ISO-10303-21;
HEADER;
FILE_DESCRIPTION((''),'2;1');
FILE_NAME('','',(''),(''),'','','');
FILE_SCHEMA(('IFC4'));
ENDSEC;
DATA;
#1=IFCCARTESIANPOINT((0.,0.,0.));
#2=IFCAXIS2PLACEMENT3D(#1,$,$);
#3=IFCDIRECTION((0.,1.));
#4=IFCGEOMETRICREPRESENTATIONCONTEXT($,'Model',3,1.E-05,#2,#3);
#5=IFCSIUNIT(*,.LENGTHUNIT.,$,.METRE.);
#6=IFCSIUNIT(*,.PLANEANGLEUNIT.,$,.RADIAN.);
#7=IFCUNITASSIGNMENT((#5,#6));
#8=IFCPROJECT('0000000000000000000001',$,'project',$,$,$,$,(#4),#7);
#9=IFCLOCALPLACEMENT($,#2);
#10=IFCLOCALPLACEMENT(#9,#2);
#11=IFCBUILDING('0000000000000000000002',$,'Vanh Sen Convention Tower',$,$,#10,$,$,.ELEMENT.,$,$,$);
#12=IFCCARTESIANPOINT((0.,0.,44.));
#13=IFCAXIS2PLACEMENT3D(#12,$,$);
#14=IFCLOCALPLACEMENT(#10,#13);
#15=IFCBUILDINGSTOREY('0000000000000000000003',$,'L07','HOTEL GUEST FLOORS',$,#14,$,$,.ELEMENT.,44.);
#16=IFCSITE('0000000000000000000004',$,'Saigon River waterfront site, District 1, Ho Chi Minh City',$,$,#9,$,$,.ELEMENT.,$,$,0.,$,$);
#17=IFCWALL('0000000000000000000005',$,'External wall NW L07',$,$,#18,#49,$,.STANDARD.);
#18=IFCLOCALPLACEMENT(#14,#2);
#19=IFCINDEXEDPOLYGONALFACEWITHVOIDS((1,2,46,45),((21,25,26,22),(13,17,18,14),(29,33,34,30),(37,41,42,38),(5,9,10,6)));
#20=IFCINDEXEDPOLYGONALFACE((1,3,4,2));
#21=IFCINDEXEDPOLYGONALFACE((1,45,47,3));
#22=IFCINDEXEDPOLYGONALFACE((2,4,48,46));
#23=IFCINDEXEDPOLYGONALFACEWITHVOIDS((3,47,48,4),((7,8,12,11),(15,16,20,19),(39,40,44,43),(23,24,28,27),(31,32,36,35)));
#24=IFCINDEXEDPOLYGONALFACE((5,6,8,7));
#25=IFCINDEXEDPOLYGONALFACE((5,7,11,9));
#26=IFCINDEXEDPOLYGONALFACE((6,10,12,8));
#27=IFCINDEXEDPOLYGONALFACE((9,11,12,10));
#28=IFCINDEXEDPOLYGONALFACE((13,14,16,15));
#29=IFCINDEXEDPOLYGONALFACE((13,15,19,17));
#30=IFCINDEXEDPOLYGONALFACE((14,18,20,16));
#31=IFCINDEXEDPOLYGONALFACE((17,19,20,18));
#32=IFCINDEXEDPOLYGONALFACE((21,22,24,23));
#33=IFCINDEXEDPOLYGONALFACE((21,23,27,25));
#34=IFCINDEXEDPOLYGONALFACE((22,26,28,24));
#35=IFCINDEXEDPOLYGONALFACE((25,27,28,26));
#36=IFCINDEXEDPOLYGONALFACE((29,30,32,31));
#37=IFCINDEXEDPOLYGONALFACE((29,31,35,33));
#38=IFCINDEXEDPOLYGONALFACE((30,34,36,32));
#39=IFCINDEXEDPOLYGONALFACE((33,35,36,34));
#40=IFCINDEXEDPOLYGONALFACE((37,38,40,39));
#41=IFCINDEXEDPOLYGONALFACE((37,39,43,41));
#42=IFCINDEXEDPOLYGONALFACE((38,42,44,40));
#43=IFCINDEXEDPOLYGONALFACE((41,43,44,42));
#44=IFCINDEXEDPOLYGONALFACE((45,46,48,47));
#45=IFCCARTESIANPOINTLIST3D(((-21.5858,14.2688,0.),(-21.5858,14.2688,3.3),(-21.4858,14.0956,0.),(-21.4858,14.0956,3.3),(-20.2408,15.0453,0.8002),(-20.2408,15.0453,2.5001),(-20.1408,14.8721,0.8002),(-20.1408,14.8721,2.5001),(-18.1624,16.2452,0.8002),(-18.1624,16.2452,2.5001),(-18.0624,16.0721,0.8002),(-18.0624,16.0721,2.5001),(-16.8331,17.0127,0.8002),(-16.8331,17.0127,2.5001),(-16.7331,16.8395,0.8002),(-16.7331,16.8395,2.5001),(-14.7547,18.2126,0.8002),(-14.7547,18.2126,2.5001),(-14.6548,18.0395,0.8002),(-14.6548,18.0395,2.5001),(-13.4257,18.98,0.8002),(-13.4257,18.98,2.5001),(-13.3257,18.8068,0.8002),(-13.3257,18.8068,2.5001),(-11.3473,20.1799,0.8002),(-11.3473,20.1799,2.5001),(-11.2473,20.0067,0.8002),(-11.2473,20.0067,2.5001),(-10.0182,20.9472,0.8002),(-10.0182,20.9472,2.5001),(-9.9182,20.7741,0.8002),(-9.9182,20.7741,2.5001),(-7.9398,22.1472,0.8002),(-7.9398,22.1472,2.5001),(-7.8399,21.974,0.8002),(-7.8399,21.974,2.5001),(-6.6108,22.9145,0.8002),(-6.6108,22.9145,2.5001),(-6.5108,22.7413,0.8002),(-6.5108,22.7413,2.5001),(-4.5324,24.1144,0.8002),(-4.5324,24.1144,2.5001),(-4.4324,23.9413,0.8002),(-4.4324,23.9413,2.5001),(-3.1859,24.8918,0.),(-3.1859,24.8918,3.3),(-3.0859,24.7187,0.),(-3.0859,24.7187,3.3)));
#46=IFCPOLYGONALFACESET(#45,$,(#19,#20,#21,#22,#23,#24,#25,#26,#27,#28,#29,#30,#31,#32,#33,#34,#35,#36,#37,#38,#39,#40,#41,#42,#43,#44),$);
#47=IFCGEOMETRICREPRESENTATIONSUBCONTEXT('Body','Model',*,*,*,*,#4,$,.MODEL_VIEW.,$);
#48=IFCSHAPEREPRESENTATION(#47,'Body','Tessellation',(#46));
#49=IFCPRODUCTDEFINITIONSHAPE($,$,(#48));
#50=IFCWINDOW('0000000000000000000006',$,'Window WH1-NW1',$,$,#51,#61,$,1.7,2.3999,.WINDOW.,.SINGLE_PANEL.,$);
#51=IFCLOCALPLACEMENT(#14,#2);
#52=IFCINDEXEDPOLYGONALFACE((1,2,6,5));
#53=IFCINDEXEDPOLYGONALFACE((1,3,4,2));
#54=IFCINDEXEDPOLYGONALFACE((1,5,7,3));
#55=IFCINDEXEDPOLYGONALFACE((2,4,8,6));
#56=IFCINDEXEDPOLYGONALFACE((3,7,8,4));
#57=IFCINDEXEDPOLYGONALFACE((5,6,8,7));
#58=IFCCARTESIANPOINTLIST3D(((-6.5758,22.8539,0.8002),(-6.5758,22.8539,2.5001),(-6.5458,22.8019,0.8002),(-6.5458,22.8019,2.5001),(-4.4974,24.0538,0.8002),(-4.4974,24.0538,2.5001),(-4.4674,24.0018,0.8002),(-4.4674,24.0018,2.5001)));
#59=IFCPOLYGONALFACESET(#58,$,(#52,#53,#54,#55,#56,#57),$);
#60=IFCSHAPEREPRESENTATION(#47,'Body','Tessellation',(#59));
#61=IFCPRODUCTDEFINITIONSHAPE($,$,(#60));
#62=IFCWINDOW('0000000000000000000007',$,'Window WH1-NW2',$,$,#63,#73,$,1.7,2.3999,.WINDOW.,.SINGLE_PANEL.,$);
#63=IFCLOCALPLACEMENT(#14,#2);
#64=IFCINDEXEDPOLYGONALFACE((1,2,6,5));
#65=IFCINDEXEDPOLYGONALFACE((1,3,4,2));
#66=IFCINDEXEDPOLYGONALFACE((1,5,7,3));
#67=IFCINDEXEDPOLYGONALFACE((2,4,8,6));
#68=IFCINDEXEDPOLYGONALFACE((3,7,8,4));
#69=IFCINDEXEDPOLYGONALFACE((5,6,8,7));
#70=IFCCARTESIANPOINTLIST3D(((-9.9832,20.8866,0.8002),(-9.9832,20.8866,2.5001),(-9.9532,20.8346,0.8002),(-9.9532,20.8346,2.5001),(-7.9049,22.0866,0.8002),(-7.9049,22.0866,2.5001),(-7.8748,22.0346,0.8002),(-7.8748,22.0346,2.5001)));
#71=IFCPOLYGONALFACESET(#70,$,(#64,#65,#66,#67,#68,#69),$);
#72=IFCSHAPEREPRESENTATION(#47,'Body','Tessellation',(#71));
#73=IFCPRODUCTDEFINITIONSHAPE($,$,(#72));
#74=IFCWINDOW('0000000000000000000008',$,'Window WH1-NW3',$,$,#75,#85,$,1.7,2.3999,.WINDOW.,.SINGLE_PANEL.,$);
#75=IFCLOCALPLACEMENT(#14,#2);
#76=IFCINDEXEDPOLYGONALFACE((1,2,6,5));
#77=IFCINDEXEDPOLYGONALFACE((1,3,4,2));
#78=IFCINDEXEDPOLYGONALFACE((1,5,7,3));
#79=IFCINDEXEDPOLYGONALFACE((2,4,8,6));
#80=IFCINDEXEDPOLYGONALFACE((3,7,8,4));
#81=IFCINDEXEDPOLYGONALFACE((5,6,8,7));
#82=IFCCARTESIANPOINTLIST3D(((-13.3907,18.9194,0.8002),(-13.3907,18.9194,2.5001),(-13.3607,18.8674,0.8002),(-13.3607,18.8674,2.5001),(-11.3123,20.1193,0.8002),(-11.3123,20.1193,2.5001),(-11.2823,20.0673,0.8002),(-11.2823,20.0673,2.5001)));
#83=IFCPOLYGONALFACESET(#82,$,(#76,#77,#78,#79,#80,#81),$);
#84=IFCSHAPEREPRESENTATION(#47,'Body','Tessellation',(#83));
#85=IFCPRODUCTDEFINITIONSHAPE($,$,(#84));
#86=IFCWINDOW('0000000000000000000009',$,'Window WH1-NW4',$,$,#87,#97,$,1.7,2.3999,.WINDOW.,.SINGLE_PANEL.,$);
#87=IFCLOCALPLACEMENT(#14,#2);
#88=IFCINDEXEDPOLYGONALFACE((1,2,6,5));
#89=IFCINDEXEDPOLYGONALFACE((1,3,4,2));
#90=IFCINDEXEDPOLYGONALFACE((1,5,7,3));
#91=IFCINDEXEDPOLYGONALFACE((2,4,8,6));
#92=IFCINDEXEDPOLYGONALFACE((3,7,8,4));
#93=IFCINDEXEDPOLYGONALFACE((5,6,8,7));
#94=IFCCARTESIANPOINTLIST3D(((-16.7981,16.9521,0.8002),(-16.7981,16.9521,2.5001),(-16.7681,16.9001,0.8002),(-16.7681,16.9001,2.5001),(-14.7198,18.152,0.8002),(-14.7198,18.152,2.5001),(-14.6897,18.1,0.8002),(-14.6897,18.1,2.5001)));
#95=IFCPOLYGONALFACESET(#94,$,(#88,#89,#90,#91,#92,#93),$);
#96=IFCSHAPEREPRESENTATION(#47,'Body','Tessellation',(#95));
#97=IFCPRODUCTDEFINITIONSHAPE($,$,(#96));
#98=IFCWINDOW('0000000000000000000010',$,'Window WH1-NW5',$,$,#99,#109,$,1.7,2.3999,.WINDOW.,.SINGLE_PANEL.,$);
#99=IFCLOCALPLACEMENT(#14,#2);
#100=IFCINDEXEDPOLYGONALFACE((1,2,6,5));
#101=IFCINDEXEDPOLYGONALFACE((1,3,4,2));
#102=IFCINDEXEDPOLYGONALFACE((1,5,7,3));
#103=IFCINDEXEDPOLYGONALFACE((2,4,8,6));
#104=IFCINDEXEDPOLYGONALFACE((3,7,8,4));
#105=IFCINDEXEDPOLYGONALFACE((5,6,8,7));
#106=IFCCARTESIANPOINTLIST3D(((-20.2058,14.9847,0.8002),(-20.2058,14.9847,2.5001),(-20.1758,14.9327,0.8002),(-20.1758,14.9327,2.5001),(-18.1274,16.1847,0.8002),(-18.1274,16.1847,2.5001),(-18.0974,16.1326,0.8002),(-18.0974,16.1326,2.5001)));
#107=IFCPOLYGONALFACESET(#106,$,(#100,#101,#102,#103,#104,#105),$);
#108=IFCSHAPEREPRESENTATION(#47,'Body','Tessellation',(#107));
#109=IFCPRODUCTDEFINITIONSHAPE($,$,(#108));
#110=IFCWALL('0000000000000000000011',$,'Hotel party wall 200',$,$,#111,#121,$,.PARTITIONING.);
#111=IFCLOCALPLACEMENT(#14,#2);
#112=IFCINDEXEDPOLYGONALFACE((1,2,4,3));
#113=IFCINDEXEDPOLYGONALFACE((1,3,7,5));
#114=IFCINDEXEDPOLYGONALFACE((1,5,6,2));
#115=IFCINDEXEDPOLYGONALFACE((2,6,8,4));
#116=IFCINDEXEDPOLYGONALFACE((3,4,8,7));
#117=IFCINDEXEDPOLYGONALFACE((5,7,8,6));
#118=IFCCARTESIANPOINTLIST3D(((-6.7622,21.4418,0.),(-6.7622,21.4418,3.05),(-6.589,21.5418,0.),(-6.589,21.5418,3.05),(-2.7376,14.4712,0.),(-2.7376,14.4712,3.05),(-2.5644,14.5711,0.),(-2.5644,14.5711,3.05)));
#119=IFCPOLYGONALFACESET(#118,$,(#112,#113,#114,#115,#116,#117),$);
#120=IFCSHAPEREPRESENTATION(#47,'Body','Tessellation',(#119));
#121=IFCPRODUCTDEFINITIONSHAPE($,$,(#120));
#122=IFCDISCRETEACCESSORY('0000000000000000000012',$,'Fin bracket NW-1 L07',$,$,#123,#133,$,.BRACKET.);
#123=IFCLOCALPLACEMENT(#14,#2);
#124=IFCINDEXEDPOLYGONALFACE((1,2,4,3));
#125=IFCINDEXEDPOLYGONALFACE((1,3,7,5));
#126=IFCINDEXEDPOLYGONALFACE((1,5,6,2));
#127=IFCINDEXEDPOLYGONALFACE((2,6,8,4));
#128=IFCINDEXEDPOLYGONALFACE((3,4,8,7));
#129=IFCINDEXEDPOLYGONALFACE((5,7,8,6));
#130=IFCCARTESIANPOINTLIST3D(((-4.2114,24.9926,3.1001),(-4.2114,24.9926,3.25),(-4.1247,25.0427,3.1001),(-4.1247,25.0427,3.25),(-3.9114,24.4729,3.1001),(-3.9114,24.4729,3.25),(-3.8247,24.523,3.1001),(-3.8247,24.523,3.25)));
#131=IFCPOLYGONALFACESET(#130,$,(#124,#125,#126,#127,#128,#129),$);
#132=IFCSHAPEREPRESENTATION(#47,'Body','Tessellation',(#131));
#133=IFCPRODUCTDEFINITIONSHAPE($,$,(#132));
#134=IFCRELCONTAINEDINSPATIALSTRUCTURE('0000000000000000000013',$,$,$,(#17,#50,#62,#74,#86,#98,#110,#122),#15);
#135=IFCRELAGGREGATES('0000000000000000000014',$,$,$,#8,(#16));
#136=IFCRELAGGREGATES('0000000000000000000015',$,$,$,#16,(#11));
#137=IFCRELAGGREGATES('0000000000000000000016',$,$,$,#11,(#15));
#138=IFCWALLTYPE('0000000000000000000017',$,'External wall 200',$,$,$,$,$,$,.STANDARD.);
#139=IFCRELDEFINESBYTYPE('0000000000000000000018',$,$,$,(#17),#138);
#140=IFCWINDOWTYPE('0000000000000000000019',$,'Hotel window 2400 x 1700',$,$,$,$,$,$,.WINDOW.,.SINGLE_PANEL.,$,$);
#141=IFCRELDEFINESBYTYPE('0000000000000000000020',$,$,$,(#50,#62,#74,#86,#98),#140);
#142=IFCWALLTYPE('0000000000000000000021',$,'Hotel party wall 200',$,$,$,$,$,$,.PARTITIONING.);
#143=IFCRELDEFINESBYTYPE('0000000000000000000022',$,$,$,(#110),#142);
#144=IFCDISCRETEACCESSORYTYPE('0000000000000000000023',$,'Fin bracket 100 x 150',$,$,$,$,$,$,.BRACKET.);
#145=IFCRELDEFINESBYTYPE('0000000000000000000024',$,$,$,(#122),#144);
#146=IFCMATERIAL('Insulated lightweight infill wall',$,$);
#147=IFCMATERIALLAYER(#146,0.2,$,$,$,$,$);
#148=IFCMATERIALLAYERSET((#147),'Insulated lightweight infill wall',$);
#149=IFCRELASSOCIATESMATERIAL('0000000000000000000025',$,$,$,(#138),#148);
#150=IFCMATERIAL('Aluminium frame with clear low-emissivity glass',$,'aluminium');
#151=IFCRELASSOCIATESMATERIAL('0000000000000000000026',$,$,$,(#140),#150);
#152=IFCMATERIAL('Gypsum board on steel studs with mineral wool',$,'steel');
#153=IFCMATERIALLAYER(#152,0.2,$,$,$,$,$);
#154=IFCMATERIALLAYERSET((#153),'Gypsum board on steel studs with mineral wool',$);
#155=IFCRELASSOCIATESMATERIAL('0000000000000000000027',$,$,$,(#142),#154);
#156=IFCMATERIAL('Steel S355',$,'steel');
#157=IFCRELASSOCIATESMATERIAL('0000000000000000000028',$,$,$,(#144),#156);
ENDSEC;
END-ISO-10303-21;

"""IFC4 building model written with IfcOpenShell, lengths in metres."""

from ifc_helpers import new_model, si_unit, direction, frame, frame_2d, origin, origin_2d, place, context, subcontext, project, spatial, rectangle, extrude, material, layer, layer_set, type_object, element, fill, save


model = new_model("IFC4")

# Units and contexts
model_context = context("Model", 3, precision=1e-05, world=origin(), true_north=direction((0.0, 1.0)))
body_context = subcontext(model_context, "Body", "Model", "MODEL_VIEW")
ifc_project = project(units=[si_unit("LENGTHUNIT", "METRE"), si_unit("PLANEANGLEUNIT", "RADIAN")], contexts=[model_context])

# Site, building, storey
site_placement = place(None, origin())
site = spatial("IfcSite", under=ifc_project, at=site_placement, Name="Saigon River waterfront site, District 1, Ho Chi Minh City", CompositionType="ELEMENT", RefElevation=0.0)
building_placement = place(site_placement, origin())
building = spatial("IfcBuilding", under=site, at=building_placement, Name="Vanh Sen Convention Tower", CompositionType="ELEMENT")
storey_placement = place(building_placement, frame((0.0, 0.0, 44.0)))
storey = spatial("IfcBuildingStorey", under=building, at=storey_placement, Name="L07", Description="HOTEL GUEST FLOORS", CompositionType="ELEMENT", Elevation=44.0)

# Shared definitions
ifc_material_1 = material(Name="Gypsum board on steel studs with mineral wool", Category="steel")

# Wall, openings, windows
ifc_material_2 = material(Name="Insulated lightweight infill wall")
ifc_layer_1 = layer(ifc_material_2, 0.2)
ifc_layer_set_1 = layer_set([ifc_layer_1], Name="Insulated lightweight infill wall")
wall_type_1 = type_object("IfcWallType", Name="External wall 200", PredefinedType="STANDARD", material=ifc_layer_set_1)
wall_1_placement = place(storey_placement, frame((-3.136, 24.8052, 0.0), z_axis=(0.0, 0.0, 1.0), x_axis=(-0.866028, -0.499995, 0.0)))
wall_1 = element("IfcWall", 1, at=wall_1_placement, inside=storey, type_object=wall_type_1, Name="External wall NW L07", PredefinedType="STANDARD", context=body_context, shape_type="SweptSolid", body=[
    extrude(rectangle(XDim=21.2463, YDim=0.2, at=frame_2d((10.623, 0.0))), origin(), (0.0, 0.0, 1.0), 3.3),
])
opening_1_placement = place(wall_1_placement, frame((1.5547, 0.0, 0.8)))
opening_1 = element("IfcOpeningElement", 2, at=opening_1_placement, cuts=wall_1, PredefinedType="OPENING", context=body_context, shape_type="SweptSolid", body=[
    extrude(rectangle(XDim=2.3999, YDim=1.7, at=frame_2d((1.2, 0.8501))), frame((0.0, 0.1099, 0.0), z_axis=(0.0, -1.0, 0.0), x_axis=(1.0, 0.0, 0.0)), (0.0, 0.0, 1.0), 0.22),
])
opening_2_placement = place(wall_1_placement, frame((5.4893, 0.0, 0.8)))
opening_2 = element("IfcOpeningElement", 3, at=opening_2_placement, cuts=wall_1, PredefinedType="OPENING", context=body_context, shape_type="SweptSolid", body=[
    extrude(rectangle(XDim=2.3999, YDim=1.7, at=frame_2d((1.2, 0.8501))), frame((0.0, 0.1099, 0.0), z_axis=(0.0, -1.0, 0.0), x_axis=(1.0, 0.0, 0.0)), (0.0, 0.0, 1.0), 0.22),
])
opening_3_placement = place(wall_1_placement, frame((9.4238, 0.0, 0.8)))
opening_3 = element("IfcOpeningElement", 4, at=opening_3_placement, cuts=wall_1, PredefinedType="OPENING", context=body_context, shape_type="SweptSolid", body=[
    extrude(rectangle(XDim=2.3999, YDim=1.7, at=frame_2d((1.2, 0.8501))), frame((0.0, 0.1099, 0.0), z_axis=(0.0, -1.0, 0.0), x_axis=(1.0, 0.0, 0.0)), (0.0, 0.0, 1.0), 0.22),
])
opening_4_placement = place(wall_1_placement, frame((13.3584, 0.0, 0.8)))
opening_4 = element("IfcOpeningElement", 5, at=opening_4_placement, cuts=wall_1, PredefinedType="OPENING", context=body_context, shape_type="SweptSolid", body=[
    extrude(rectangle(XDim=2.3999, YDim=1.7, at=frame_2d((1.2, 0.8501))), frame((0.0, 0.1099, 0.0), z_axis=(0.0, -1.0, 0.0), x_axis=(1.0, 0.0, 0.0)), (0.0, 0.0, 1.0), 0.22),
])
opening_5_placement = place(wall_1_placement, frame((17.2932, 0.0, 0.8)))
opening_5 = element("IfcOpeningElement", 6, at=opening_5_placement, cuts=wall_1, PredefinedType="OPENING", context=body_context, shape_type="SweptSolid", body=[
    extrude(rectangle(XDim=2.3999, YDim=1.7, at=frame_2d((1.2, 0.8501))), frame((0.0, 0.1099, 0.0), z_axis=(0.0, -1.0, 0.0), x_axis=(1.0, 0.0, 0.0)), (0.0, 0.0, 1.0), 0.22),
])
ifc_material_3 = material(Name="Aluminium frame with clear low-emissivity glass", Category="aluminium")
window_type = type_object("IfcWindowType", Name="Hotel window 2400 x 1700", PartitioningType="SINGLE_PANEL", PredefinedType="WINDOW", material=ifc_material_3)
window_1_placement = place(opening_1_placement, origin())
window_1 = element("IfcWindow", 7, at=window_1_placement, inside=storey, type_object=window_type, Name="Window WH1-NW1", OverallHeight=1.7, OverallWidth=2.3999, PartitioningType="SINGLE_PANEL", PredefinedType="WINDOW", context=body_context, shape_type="SweptSolid", body=[
    extrude(rectangle(XDim=2.3999, YDim=1.7, at=frame_2d((1.2, 0.8501))), frame((0.0, 0.03, 0.0), z_axis=(0.0, -1.0, 0.0), x_axis=(1.0, 0.0, 0.0)), (0.0, 0.0, 1.0), 0.0601),
])
fill(opening_1, window_1)
window_2_placement = place(opening_2_placement, origin())
window_2 = element("IfcWindow", 8, at=window_2_placement, inside=storey, type_object=window_type, Name="Window WH1-NW2", OverallHeight=1.7, OverallWidth=2.3999, PartitioningType="SINGLE_PANEL", PredefinedType="WINDOW", context=body_context, shape_type="SweptSolid", body=[
    extrude(rectangle(XDim=2.3999, YDim=1.7, at=frame_2d((1.2, 0.8501))), frame((0.0, 0.03, 0.0), z_axis=(0.0, -1.0, 0.0), x_axis=(1.0, 0.0, 0.0)), (0.0, 0.0, 1.0), 0.0601),
])
fill(opening_2, window_2)
window_3_placement = place(opening_3_placement, origin())
window_3 = element("IfcWindow", 9, at=window_3_placement, inside=storey, type_object=window_type, Name="Window WH1-NW3", OverallHeight=1.7, OverallWidth=2.3999, PartitioningType="SINGLE_PANEL", PredefinedType="WINDOW", context=body_context, shape_type="SweptSolid", body=[
    extrude(rectangle(XDim=2.3999, YDim=1.7, at=frame_2d((1.2, 0.8501))), frame((0.0, 0.03, 0.0), z_axis=(0.0, -1.0, 0.0), x_axis=(1.0, 0.0, 0.0)), (0.0, 0.0, 1.0), 0.0601),
])
fill(opening_3, window_3)
window_4_placement = place(opening_4_placement, origin())
window_4 = element("IfcWindow", 10, at=window_4_placement, inside=storey, type_object=window_type, Name="Window WH1-NW4", OverallHeight=1.7, OverallWidth=2.3999, PartitioningType="SINGLE_PANEL", PredefinedType="WINDOW", context=body_context, shape_type="SweptSolid", body=[
    extrude(rectangle(XDim=2.3999, YDim=1.7, at=frame_2d((1.2, 0.8501))), frame((0.0, 0.03, 0.0), z_axis=(0.0, -1.0, 0.0), x_axis=(1.0, 0.0, 0.0)), (0.0, 0.0, 1.0), 0.0601),
])
fill(opening_4, window_4)
window_5_placement = place(opening_5_placement, origin())
window_5 = element("IfcWindow", 11, at=window_5_placement, inside=storey, type_object=window_type, Name="Window WH1-NW5", OverallHeight=1.7, OverallWidth=2.3999, PartitioningType="SINGLE_PANEL", PredefinedType="WINDOW", context=body_context, shape_type="SweptSolid", body=[
    extrude(rectangle(XDim=2.3999, YDim=1.7, at=frame_2d((1.2, 0.8501))), frame((0.0, 0.03, 0.0), z_axis=(0.0, -1.0, 0.0), x_axis=(1.0, 0.0, 0.0)), (0.0, 0.0, 1.0), 0.0601),
])
fill(opening_5, window_5)

# Wall
ifc_layer_2 = layer(ifc_material_1, 0.2)
ifc_layer_set_2 = layer_set([ifc_layer_2], Name="Gypsum board on steel studs with mineral wool")
wall_type_2 = type_object("IfcWallType", Name="Hotel party wall 200", PredefinedType="PARTITIONING", material=ifc_layer_set_2)
wall_2_placement = place(storey_placement, frame((-6.6755, 21.4917, 0.0), z_axis=(0.0, 0.0, 1.0), x_axis=(0.500011, -0.866019, 0.0)))
element("IfcWall", 12, at=wall_2_placement, inside=storey, type_object=wall_type_2, Name="Hotel party wall 200", PredefinedType="PARTITIONING", context=body_context, shape_type="SweptSolid", body=[
    extrude(rectangle(XDim=8.0491, YDim=0.2, at=frame_2d((4.0244, 0.0))), origin(), (0.0, 0.0, 1.0), 3.05),
])

# Discrete accessory
ifc_material_4 = material(Name="Steel S355", Category="steel")
discrete_accessory_type = type_object("IfcDiscreteAccessoryType", Name="Fin bracket 100 x 150", PredefinedType="BRACKET", material=ifc_material_4)
discrete_accessory_placement = place(storey_placement, frame((-4.0181, 24.7578, 3.1001), z_axis=(0.0, 0.0, 1.0), x_axis=(-0.5, 0.866025, 0.0)))
element("IfcDiscreteAccessory", 13, at=discrete_accessory_placement, inside=storey, type_object=discrete_accessory_type, Name="Fin bracket NW-1 L07", PredefinedType="BRACKET", context=body_context, shape_type="SweptSolid", body=[
    extrude(rectangle(XDim=0.6001, YDim=0.1001, at=origin_2d()), origin(), (0.0, 0.0, 1.0), 0.1499),
])

save(model, "model.ifc")
